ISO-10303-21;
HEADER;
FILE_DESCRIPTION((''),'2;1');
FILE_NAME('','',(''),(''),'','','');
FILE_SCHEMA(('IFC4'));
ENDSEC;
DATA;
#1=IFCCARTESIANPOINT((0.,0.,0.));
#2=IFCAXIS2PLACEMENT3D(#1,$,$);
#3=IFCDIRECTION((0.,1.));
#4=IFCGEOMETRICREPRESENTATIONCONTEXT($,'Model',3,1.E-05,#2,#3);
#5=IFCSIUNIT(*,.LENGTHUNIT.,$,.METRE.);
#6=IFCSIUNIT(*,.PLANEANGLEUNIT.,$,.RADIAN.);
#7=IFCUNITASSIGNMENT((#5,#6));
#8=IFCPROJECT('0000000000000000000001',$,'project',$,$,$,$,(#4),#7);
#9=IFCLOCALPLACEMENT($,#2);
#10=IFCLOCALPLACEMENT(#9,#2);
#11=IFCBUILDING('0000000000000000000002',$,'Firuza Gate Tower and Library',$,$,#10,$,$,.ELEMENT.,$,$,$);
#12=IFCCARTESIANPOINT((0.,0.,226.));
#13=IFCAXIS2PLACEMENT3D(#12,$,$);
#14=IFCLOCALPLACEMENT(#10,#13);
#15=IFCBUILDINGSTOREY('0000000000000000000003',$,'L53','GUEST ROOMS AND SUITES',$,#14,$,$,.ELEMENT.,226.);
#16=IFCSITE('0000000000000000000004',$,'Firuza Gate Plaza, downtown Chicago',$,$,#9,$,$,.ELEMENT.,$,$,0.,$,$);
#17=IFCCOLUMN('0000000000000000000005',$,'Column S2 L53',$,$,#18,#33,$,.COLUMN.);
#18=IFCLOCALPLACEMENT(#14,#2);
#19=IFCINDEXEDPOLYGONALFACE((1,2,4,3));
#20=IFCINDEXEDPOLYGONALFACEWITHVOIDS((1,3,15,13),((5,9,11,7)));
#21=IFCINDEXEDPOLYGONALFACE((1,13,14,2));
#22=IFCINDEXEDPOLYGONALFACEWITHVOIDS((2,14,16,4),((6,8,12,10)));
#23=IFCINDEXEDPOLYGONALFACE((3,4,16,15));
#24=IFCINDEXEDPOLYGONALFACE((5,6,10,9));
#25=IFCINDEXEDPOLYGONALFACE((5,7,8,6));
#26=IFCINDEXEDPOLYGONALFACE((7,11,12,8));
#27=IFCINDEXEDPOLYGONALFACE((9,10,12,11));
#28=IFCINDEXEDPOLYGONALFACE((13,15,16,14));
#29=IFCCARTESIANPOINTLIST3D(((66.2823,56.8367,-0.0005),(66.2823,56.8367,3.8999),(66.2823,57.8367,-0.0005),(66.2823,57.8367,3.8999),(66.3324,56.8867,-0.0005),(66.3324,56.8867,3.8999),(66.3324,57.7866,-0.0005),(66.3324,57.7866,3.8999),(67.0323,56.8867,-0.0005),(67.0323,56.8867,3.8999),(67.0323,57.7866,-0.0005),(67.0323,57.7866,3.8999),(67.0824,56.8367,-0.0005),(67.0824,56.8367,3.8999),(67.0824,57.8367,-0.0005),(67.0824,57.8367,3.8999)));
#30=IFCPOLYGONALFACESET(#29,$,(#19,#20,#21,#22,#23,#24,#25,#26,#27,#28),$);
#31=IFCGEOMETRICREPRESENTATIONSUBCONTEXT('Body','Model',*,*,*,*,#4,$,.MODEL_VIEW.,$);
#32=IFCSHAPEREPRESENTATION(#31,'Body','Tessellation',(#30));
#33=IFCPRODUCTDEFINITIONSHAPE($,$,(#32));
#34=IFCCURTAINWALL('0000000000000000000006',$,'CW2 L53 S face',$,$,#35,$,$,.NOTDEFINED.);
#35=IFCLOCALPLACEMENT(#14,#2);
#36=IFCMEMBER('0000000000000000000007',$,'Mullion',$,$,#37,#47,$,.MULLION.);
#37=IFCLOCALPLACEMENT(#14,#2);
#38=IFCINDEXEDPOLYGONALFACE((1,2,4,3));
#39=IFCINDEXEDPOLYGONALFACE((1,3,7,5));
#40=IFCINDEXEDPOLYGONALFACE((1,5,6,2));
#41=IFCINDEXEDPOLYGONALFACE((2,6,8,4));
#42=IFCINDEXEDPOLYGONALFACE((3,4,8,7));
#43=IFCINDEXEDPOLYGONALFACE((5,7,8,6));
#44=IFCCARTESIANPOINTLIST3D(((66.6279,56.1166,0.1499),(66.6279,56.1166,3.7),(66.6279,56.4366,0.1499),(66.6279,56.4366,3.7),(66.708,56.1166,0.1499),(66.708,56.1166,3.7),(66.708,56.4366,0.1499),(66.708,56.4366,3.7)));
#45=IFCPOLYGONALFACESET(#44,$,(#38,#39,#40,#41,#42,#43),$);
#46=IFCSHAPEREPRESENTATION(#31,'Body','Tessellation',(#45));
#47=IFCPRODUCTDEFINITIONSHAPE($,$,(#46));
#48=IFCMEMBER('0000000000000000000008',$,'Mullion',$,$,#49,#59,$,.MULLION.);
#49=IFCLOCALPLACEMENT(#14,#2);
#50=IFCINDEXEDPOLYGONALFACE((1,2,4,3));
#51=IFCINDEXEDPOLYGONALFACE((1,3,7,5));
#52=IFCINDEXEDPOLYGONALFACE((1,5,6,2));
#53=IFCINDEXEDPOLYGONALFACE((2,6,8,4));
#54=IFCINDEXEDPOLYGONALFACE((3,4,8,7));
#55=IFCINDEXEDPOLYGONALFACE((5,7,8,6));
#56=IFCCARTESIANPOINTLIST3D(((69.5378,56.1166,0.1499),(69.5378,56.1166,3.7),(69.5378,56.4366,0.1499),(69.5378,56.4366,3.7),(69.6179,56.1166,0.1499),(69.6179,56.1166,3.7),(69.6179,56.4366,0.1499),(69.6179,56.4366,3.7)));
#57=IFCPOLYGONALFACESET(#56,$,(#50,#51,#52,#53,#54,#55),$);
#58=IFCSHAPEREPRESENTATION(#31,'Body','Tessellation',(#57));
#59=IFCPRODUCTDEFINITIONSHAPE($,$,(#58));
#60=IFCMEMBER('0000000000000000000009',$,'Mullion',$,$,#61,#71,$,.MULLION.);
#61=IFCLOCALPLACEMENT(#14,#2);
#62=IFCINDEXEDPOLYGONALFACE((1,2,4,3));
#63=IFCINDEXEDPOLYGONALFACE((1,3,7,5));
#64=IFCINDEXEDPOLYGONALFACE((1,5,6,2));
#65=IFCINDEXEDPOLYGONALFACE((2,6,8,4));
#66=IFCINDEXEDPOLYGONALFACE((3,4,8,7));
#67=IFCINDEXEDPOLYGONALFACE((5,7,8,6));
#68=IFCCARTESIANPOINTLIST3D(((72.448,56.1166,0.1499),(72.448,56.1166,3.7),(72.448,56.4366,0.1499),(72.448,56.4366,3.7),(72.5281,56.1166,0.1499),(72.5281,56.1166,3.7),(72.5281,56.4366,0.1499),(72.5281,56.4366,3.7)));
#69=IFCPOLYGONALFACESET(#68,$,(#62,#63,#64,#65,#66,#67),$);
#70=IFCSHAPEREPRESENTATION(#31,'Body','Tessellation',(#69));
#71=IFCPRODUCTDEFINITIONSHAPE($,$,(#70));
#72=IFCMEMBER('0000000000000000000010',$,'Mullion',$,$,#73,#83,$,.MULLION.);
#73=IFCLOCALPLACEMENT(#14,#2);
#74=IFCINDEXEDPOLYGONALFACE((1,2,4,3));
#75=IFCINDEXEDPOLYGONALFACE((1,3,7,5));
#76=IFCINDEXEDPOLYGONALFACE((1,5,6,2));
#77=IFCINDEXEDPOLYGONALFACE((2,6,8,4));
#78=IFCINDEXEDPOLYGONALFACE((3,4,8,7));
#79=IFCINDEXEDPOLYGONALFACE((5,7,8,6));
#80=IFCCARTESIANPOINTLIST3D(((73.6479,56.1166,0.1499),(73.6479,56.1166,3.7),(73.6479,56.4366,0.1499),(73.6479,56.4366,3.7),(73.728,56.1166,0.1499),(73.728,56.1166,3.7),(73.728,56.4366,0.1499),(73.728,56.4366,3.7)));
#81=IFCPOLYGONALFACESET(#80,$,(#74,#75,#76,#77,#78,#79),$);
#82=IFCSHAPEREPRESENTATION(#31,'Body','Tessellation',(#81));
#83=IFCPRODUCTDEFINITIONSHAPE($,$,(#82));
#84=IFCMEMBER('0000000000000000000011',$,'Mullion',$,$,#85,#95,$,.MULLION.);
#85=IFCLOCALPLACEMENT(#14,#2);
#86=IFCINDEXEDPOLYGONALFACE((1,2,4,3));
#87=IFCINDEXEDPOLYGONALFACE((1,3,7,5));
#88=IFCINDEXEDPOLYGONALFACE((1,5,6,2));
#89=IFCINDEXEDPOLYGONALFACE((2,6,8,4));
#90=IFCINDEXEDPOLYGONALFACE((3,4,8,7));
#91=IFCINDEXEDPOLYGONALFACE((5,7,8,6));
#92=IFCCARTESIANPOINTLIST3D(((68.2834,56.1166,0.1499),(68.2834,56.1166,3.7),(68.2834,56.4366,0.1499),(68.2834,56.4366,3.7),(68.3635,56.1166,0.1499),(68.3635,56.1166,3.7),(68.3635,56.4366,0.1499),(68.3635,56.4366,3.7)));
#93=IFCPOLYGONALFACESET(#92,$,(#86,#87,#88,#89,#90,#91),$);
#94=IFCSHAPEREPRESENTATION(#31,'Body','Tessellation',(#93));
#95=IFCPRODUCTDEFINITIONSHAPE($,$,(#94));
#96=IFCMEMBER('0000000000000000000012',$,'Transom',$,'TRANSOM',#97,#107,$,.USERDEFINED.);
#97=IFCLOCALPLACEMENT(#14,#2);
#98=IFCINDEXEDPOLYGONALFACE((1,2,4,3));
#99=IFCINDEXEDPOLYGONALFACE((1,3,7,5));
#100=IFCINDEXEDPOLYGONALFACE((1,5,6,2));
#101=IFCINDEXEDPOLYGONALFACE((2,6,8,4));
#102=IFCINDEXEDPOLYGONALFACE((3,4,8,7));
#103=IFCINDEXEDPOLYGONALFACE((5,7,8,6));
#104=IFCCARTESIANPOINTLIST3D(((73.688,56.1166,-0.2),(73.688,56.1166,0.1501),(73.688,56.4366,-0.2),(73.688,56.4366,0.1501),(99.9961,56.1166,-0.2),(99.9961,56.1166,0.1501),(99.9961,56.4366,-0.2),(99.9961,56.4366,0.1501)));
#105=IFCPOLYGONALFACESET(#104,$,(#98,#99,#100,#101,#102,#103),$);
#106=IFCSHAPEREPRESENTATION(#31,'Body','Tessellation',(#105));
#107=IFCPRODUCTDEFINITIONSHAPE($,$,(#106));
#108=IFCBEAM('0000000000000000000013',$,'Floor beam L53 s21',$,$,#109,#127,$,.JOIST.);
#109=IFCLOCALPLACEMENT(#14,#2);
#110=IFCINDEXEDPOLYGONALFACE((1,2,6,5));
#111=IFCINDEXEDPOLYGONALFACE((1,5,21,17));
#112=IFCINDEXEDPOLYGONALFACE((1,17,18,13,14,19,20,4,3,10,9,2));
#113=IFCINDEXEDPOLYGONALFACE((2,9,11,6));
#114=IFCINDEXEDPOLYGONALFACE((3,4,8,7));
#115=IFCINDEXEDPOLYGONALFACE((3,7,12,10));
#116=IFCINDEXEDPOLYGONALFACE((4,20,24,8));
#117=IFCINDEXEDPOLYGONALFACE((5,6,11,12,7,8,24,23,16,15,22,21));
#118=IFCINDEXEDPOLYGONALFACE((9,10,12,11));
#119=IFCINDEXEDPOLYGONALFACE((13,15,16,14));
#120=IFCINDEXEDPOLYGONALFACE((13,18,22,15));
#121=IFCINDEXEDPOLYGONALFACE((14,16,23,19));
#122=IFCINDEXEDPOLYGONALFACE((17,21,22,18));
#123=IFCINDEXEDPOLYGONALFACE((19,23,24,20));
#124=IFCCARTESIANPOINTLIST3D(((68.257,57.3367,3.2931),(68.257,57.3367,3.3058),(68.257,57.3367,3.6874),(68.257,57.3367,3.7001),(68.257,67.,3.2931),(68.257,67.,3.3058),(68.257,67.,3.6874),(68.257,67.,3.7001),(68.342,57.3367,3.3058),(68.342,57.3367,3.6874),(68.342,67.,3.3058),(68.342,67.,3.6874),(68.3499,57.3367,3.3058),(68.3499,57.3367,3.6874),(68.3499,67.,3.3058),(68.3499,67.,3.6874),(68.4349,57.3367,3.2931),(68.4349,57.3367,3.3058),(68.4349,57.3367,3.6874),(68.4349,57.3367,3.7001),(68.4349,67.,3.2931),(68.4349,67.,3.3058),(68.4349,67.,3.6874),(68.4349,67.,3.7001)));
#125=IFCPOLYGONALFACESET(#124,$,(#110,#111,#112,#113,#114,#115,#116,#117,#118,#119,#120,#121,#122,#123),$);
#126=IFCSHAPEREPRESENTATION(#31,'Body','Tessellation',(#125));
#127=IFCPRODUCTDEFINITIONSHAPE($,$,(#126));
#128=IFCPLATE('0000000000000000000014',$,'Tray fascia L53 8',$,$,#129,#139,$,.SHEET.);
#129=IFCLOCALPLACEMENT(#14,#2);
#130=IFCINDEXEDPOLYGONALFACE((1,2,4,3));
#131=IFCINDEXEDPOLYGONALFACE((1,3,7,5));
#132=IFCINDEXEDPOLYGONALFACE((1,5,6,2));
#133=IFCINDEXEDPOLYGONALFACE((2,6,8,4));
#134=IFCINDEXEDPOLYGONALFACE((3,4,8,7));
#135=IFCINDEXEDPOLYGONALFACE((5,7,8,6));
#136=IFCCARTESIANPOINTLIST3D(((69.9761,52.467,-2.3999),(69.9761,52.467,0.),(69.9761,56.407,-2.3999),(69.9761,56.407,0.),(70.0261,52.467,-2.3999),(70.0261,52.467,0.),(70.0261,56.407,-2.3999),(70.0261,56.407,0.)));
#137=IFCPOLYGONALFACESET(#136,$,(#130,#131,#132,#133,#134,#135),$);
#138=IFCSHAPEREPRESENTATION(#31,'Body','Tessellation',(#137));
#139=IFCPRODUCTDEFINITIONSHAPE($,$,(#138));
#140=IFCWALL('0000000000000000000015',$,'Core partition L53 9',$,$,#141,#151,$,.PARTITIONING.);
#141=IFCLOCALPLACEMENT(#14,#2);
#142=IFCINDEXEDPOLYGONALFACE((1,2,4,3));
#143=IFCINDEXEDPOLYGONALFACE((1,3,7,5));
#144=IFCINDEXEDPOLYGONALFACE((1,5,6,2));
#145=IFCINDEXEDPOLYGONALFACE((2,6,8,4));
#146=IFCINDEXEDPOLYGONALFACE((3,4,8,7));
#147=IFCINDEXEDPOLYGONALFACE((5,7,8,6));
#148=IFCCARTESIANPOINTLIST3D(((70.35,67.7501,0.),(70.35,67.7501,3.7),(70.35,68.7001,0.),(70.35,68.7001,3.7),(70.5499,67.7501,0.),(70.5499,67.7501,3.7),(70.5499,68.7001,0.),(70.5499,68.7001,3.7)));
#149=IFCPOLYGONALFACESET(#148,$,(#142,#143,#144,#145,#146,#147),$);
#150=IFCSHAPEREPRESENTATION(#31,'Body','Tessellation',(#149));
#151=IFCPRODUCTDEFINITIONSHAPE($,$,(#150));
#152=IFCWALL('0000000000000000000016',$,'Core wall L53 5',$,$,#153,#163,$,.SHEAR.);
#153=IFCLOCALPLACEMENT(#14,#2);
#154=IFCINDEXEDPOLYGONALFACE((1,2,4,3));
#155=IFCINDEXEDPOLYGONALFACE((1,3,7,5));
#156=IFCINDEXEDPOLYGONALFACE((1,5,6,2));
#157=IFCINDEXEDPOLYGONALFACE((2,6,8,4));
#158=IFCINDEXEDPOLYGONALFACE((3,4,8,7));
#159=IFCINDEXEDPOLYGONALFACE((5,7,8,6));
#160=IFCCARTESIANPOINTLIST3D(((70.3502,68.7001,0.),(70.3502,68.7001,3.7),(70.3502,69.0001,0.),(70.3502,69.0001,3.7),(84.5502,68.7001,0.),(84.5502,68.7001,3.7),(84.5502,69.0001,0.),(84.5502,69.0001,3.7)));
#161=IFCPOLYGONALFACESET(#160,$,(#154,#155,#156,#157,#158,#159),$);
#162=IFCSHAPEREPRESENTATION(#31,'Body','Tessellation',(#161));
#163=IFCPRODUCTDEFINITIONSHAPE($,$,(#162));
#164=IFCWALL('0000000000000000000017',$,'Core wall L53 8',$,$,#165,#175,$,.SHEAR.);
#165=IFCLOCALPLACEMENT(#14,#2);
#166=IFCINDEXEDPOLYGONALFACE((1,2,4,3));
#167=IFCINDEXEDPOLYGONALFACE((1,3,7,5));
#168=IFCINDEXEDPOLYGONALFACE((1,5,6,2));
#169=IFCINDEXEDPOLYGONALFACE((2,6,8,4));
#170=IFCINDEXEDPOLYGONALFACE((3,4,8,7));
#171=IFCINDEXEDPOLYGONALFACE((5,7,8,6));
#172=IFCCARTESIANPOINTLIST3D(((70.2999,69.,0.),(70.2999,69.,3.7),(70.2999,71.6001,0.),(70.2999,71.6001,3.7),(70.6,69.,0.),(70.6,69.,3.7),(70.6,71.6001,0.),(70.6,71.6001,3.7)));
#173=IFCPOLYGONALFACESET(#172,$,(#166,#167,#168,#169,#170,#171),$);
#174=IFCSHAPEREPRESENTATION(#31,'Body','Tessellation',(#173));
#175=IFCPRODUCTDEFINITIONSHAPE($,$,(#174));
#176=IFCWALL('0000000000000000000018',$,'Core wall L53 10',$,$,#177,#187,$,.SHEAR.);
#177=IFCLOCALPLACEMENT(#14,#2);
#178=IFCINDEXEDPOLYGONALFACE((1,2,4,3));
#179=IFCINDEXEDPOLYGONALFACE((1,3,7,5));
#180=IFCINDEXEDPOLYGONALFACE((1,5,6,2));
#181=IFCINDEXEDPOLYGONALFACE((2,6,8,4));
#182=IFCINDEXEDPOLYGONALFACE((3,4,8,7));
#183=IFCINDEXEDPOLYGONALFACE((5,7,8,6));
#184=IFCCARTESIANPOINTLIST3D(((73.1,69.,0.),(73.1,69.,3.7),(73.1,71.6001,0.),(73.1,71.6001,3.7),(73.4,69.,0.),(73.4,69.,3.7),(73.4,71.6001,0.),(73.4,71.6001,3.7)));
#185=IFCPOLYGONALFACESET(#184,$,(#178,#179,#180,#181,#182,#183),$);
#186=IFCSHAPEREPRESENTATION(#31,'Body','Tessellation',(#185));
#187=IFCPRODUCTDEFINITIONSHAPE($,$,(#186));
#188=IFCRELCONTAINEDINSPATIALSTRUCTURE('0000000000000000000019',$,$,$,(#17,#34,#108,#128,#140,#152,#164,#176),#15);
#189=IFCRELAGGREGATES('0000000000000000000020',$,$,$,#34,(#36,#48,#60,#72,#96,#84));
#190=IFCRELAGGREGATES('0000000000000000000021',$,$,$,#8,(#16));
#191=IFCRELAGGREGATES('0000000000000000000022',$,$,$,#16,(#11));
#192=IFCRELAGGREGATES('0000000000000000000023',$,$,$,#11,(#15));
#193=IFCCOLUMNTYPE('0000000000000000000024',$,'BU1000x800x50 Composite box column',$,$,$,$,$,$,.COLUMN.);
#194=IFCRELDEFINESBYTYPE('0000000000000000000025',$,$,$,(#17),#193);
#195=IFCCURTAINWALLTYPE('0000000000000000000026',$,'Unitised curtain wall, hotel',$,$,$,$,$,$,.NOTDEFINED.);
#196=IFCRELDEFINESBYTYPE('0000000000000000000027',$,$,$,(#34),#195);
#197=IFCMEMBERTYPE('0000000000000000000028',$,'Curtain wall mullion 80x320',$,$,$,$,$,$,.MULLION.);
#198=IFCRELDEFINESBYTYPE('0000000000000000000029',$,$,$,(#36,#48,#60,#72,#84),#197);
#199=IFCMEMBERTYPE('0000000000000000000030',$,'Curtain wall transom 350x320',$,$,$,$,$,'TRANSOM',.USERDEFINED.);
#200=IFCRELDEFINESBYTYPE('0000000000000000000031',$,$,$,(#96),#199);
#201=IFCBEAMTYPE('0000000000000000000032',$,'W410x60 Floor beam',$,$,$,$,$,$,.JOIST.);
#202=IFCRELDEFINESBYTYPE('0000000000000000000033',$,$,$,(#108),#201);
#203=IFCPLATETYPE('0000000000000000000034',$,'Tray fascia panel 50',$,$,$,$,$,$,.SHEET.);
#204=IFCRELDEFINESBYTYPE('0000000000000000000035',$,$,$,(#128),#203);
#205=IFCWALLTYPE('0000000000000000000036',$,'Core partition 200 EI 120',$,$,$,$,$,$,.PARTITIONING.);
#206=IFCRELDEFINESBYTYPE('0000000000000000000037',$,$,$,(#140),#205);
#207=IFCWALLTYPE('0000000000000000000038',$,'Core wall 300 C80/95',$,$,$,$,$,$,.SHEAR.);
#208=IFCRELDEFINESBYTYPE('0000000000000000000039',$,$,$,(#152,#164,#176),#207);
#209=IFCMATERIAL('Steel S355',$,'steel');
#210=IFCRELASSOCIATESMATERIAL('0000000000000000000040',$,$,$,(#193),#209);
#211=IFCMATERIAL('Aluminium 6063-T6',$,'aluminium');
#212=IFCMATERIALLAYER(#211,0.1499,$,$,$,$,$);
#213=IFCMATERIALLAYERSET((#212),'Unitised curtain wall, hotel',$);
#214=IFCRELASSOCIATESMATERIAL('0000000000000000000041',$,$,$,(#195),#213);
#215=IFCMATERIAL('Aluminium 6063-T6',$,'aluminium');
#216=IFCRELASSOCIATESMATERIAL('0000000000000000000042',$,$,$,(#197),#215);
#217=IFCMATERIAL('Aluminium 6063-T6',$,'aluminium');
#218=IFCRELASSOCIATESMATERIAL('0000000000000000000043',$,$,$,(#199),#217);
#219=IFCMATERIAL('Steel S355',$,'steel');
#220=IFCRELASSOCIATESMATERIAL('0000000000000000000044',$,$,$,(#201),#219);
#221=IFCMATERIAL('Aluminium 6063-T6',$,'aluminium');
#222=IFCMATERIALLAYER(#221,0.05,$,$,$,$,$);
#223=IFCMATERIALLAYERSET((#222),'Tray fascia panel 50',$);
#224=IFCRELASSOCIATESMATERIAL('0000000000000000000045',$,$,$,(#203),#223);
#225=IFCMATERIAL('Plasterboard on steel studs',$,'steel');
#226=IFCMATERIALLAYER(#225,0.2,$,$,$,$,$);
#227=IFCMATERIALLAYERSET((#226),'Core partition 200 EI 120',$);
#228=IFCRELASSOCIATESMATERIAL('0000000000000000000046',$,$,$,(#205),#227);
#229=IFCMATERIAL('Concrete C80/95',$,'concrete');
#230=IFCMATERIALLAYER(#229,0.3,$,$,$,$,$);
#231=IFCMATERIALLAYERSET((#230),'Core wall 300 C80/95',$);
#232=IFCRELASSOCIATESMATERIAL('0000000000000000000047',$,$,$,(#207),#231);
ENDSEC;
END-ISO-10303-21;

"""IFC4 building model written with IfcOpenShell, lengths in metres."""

from ifc_helpers import new_model, si_unit, direction, frame, frame_2d, origin, origin_2d, place, context, subcontext, project, spatial, polyline, rectangle, hollow_rectangle, i_section, outline, extrude, material, layer, layer_set, material_profile, profile_set, type_object, element, aggregate, save


model = new_model("IFC4")

# Units and contexts
model_context = context("Model", 3, precision=1e-05, world=origin(), true_north=direction((0.0, 1.0)))
body_context = subcontext(model_context, "Body", "Model", "MODEL_VIEW")
ifc_project = project(units=[si_unit("LENGTHUNIT", "METRE"), si_unit("PLANEANGLEUNIT", "RADIAN")], contexts=[model_context])

# Site, building, storey
site_placement = place(None, origin())
site = spatial("IfcSite", under=ifc_project, at=site_placement, Name="Firuza Gate Plaza, downtown Chicago", CompositionType="ELEMENT", RefElevation=0.0)
building_placement = place(site_placement, origin())
building = spatial("IfcBuilding", under=site, at=building_placement, Name="Firuza Gate Tower and Library", CompositionType="ELEMENT")
storey_placement = place(building_placement, frame((0.0, 0.0, 226.0)))
storey = spatial("IfcBuildingStorey", under=building, at=storey_placement, Name="L53", Description="GUEST ROOMS AND SUITES", CompositionType="ELEMENT", Elevation=226.0)

# Column
ifc_material_1 = material(Name="Steel S355", Category="steel")
ifc_material_profile_1 = material_profile(ifc_material_1, hollow_rectangle(XDim=0.8, YDim=1.0, WallThickness=0.05, at=origin_2d()))
ifc_profile_set_1 = profile_set([ifc_material_profile_1], Name="Steel S355")
column_type = type_object("IfcColumnType", Name="BU1000x800x50 Composite box column", PredefinedType="COLUMN", material=ifc_profile_set_1)
column_placement = place(storey_placement, frame((66.6824, 57.3367, -0.0005), z_axis=(0.0, 0.0, 1.0), x_axis=(1.0, 0.0, 0.0)))
element("IfcColumn", 1, at=column_placement, inside=storey, type_object=column_type, Name="Column S2 L53", PredefinedType="COLUMN", context=body_context, shape_type="SweptSolid", body=[
    extrude(hollow_rectangle(XDim=0.8, YDim=1.0, WallThickness=0.05, at=origin_2d()), origin(), (0.0, 0.0, 1.0), 3.9004),
])

# Curtain wall, members
ifc_material_2 = material(Name="Aluminium 6063-T6", Category="aluminium")
ifc_layer_1 = layer(ifc_material_2, 0.1499)
ifc_layer_set_1 = layer_set([ifc_layer_1], Name="Unitised curtain wall, hotel")
curtain_wall_type = type_object("IfcCurtainWallType", Name="Unitised curtain wall, hotel", PredefinedType="NOTDEFINED", material=ifc_layer_set_1)
curtain_wall_placement = place(storey_placement, origin())
curtain_wall = element("IfcCurtainWall", 2, at=curtain_wall_placement, inside=storey, type_object=curtain_wall_type, Name="CW2 L53 S face", PredefinedType="NOTDEFINED")
ifc_material_3 = material(Name="Aluminium 6063-T6", Category="aluminium")
ifc_material_profile_2 = material_profile(ifc_material_3, rectangle(XDim=0.3201, YDim=0.0801, at=origin_2d()))
ifc_profile_set_2 = profile_set([ifc_material_profile_2], Name="Aluminium 6063-T6")
member_type_1 = type_object("IfcMemberType", Name="Curtain wall mullion 80x320", PredefinedType="MULLION", material=ifc_profile_set_2)
member_1_placement = place(storey_placement, frame((66.668, 56.2766, 0.1499), z_axis=(0.0, 0.0, 1.0), x_axis=(0.0, 1.0, 0.0)))
member_1 = element("IfcMember", 3, at=member_1_placement, type_object=member_type_1, Name="Mullion", PredefinedType="MULLION", context=body_context, shape_type="SweptSolid", body=[
    extrude(rectangle(XDim=0.3201, YDim=0.0801, at=origin_2d()), origin(), (0.0, 0.0, 1.0), 3.55),
])
member_2_placement = place(storey_placement, frame((69.5779, 56.2766, 0.1499), z_axis=(0.0, 0.0, 1.0), x_axis=(0.0, 1.0, 0.0)))
member_2 = element("IfcMember", 4, at=member_2_placement, type_object=member_type_1, Name="Mullion", PredefinedType="MULLION", context=body_context, shape_type="SweptSolid", body=[
    extrude(rectangle(XDim=0.3201, YDim=0.0801, at=origin_2d()), origin(), (0.0, 0.0, 1.0), 3.55),
])
member_3_placement = place(storey_placement, frame((72.488, 56.2766, 0.1499), z_axis=(0.0, 0.0, 1.0), x_axis=(0.0, 1.0, 0.0)))
member_3 = element("IfcMember", 5, at=member_3_placement, type_object=member_type_1, Name="Mullion", PredefinedType="MULLION", context=body_context, shape_type="SweptSolid", body=[
    extrude(rectangle(XDim=0.3201, YDim=0.0801, at=origin_2d()), origin(), (0.0, 0.0, 1.0), 3.55),
])
member_4_placement = place(storey_placement, frame((73.688, 56.2766, 0.1499), z_axis=(0.0, 0.0, 1.0), x_axis=(0.0, 1.0, 0.0)))
member_4 = element("IfcMember", 6, at=member_4_placement, type_object=member_type_1, Name="Mullion", PredefinedType="MULLION", context=body_context, shape_type="SweptSolid", body=[
    extrude(rectangle(XDim=0.3201, YDim=0.0801, at=origin_2d()), origin(), (0.0, 0.0, 1.0), 3.55),
])
member_5_placement = place(storey_placement, frame((68.3235, 56.2766, 0.1499), z_axis=(0.0, 0.0, 1.0), x_axis=(0.0, 1.0, 0.0)))
member_5 = element("IfcMember", 7, at=member_5_placement, type_object=member_type_1, Name="Mullion", PredefinedType="MULLION", context=body_context, shape_type="SweptSolid", body=[
    extrude(rectangle(XDim=0.3201, YDim=0.0801, at=origin_2d()), origin(), (0.0, 0.0, 1.0), 3.55),
])
ifc_material_4 = material(Name="Aluminium 6063-T6", Category="aluminium")
ifc_material_profile_3 = material_profile(ifc_material_4, rectangle(XDim=0.3201, YDim=0.3501, at=origin_2d()))
ifc_profile_set_3 = profile_set([ifc_material_profile_3], Name="Aluminium 6063-T6")
member_type_2 = type_object("IfcMemberType", Name="Curtain wall transom 350x320", ElementType="TRANSOM", PredefinedType="USERDEFINED", material=ifc_profile_set_3)
member_6_placement = place(storey_placement, frame((73.688, 56.2766, -0.0249), z_axis=(1.0, 0.0, 0.0), x_axis=(0.0, 1.0, 0.0)))
member_6 = element("IfcMember", 8, at=member_6_placement, type_object=member_type_2, Name="Transom", ObjectType="TRANSOM", PredefinedType="USERDEFINED", context=body_context, shape_type="SweptSolid", body=[
    extrude(rectangle(XDim=0.3201, YDim=0.3501, at=origin_2d()), origin(), (0.0, 0.0, 1.0), 26.3081),
])
aggregate(curtain_wall, [member_1, member_2, member_3, member_4, member_6, member_5])

# Beam
ifc_material_5 = material(Name="Steel S355", Category="steel")
ifc_material_profile_4 = material_profile(ifc_material_5, i_section(OverallWidth=0.178, OverallDepth=0.407, WebThickness=0.0078, FlangeThickness=0.0127, at=origin_2d()))
ifc_profile_set_4 = profile_set([ifc_material_profile_4], Name="Steel S355")
beam_type = type_object("IfcBeamType", Name="W410x60 Floor beam", PredefinedType="JOIST", material=ifc_profile_set_4)
beam_placement = place(storey_placement, frame((68.3459, 57.3367, 3.4966), z_axis=(0.0, 1.0, 0.0), x_axis=(-1.0, 0.0, 0.0)))
element("IfcBeam", 9, at=beam_placement, inside=storey, type_object=beam_type, Name="Floor beam L53 s21", PredefinedType="JOIST", context=body_context, shape_type="SweptSolid", body=[
    extrude(i_section(OverallWidth=0.178, OverallDepth=0.407, WebThickness=0.0078, FlangeThickness=0.0127, at=origin_2d()), origin(), (0.0, 0.0, 1.0), 9.6633),
])

# Plate
ifc_material_6 = material(Name="Aluminium 6063-T6", Category="aluminium")
ifc_layer_2 = layer(ifc_material_6, 0.05)
ifc_layer_set_2 = layer_set([ifc_layer_2], Name="Tray fascia panel 50")
plate_type = type_object("IfcPlateType", Name="Tray fascia panel 50", PredefinedType="SHEET", material=ifc_layer_set_2)
plate_placement = place(storey_placement, frame((69.9761, 56.407, -2.3999), z_axis=(-1.0, 0.0, 0.0), x_axis=(0.0, -1.0, 0.0)))
element("IfcPlate", 10, at=plate_placement, inside=storey, type_object=plate_type, Name="Tray fascia L53 8", PredefinedType="SHEET", context=body_context, shape_type="SweptSolid", body=[
    extrude(outline(polyline([(0.0, 0.0), (3.9399, 0.0), (3.9399, 2.3999), (0.0, 2.3999), (0.0, 0.0)])), origin(), (0.0, 0.0, -1.0), 0.05),
])

# Walls
ifc_material_7 = material(Name="Plasterboard on steel studs", Category="steel")
ifc_layer_3 = layer(ifc_material_7, 0.2)
ifc_layer_set_3 = layer_set([ifc_layer_3], Name="Core partition 200 EI 120")
wall_type_1 = type_object("IfcWallType", Name="Core partition 200 EI 120", PredefinedType="PARTITIONING", material=ifc_layer_set_3)
wall_1_placement = place(storey_placement, frame((70.45, 67.75, 0.0), z_axis=(0.0, 0.0, 1.0), x_axis=(0.0, 1.0, 0.0)))
element("IfcWall", 11, at=wall_1_placement, inside=storey, type_object=wall_type_1, Name="Core partition L53 9", PredefinedType="PARTITIONING", context=body_context, shape_type="SweptSolid", body=[
    extrude(rectangle(XDim=0.95, YDim=0.2, at=frame_2d((0.4751, 0.0))), origin(), (0.0, 0.0, 1.0), 3.7),
])
ifc_material_8 = material(Name="Concrete C80/95", Category="concrete")
ifc_layer_4 = layer(ifc_material_8, 0.3)
ifc_layer_set_4 = layer_set([ifc_layer_4], Name="Core wall 300 C80/95")
wall_type_2 = type_object("IfcWallType", Name="Core wall 300 C80/95", PredefinedType="SHEAR", material=ifc_layer_set_4)
wall_2_placement = place(storey_placement, frame((70.3501, 68.8501, 0.0), z_axis=(0.0, 0.0, 1.0), x_axis=(1.0, 0.0, 0.0)))
element("IfcWall", 12, at=wall_2_placement, inside=storey, type_object=wall_type_2, Name="Core wall L53 5", PredefinedType="SHEAR", context=body_context, shape_type="SweptSolid", body=[
    extrude(rectangle(XDim=14.2, YDim=0.3, at=frame_2d((7.1001, 0.0))), origin(), (0.0, 0.0, 1.0), 3.7),
])
for number, where, z_axis, x_axis, name in (
    (13, (70.45, 69.0, 0.0), (0.0, 0.0, 1.0), (0.0, 1.0, 0.0), "Core wall L53 8"),
    (14, (73.25, 69.0, 0.0), (0.0, 0.0, 1.0), (0.0, 1.0, 0.0), "Core wall L53 10"),
):
    element("IfcWall", number, at=place(storey_placement, frame(where, z_axis=z_axis, x_axis=x_axis)), inside=storey, type_object=wall_type_2, Name=name, PredefinedType="SHEAR", context=body_context, shape_type="SweptSolid", body=[
        extrude(rectangle(XDim=2.6001, YDim=0.3, at=frame_2d((1.3, 0.0))), origin(), (0.0, 0.0, 1.0), 3.7),
    ])

save(model, "model.ifc")
